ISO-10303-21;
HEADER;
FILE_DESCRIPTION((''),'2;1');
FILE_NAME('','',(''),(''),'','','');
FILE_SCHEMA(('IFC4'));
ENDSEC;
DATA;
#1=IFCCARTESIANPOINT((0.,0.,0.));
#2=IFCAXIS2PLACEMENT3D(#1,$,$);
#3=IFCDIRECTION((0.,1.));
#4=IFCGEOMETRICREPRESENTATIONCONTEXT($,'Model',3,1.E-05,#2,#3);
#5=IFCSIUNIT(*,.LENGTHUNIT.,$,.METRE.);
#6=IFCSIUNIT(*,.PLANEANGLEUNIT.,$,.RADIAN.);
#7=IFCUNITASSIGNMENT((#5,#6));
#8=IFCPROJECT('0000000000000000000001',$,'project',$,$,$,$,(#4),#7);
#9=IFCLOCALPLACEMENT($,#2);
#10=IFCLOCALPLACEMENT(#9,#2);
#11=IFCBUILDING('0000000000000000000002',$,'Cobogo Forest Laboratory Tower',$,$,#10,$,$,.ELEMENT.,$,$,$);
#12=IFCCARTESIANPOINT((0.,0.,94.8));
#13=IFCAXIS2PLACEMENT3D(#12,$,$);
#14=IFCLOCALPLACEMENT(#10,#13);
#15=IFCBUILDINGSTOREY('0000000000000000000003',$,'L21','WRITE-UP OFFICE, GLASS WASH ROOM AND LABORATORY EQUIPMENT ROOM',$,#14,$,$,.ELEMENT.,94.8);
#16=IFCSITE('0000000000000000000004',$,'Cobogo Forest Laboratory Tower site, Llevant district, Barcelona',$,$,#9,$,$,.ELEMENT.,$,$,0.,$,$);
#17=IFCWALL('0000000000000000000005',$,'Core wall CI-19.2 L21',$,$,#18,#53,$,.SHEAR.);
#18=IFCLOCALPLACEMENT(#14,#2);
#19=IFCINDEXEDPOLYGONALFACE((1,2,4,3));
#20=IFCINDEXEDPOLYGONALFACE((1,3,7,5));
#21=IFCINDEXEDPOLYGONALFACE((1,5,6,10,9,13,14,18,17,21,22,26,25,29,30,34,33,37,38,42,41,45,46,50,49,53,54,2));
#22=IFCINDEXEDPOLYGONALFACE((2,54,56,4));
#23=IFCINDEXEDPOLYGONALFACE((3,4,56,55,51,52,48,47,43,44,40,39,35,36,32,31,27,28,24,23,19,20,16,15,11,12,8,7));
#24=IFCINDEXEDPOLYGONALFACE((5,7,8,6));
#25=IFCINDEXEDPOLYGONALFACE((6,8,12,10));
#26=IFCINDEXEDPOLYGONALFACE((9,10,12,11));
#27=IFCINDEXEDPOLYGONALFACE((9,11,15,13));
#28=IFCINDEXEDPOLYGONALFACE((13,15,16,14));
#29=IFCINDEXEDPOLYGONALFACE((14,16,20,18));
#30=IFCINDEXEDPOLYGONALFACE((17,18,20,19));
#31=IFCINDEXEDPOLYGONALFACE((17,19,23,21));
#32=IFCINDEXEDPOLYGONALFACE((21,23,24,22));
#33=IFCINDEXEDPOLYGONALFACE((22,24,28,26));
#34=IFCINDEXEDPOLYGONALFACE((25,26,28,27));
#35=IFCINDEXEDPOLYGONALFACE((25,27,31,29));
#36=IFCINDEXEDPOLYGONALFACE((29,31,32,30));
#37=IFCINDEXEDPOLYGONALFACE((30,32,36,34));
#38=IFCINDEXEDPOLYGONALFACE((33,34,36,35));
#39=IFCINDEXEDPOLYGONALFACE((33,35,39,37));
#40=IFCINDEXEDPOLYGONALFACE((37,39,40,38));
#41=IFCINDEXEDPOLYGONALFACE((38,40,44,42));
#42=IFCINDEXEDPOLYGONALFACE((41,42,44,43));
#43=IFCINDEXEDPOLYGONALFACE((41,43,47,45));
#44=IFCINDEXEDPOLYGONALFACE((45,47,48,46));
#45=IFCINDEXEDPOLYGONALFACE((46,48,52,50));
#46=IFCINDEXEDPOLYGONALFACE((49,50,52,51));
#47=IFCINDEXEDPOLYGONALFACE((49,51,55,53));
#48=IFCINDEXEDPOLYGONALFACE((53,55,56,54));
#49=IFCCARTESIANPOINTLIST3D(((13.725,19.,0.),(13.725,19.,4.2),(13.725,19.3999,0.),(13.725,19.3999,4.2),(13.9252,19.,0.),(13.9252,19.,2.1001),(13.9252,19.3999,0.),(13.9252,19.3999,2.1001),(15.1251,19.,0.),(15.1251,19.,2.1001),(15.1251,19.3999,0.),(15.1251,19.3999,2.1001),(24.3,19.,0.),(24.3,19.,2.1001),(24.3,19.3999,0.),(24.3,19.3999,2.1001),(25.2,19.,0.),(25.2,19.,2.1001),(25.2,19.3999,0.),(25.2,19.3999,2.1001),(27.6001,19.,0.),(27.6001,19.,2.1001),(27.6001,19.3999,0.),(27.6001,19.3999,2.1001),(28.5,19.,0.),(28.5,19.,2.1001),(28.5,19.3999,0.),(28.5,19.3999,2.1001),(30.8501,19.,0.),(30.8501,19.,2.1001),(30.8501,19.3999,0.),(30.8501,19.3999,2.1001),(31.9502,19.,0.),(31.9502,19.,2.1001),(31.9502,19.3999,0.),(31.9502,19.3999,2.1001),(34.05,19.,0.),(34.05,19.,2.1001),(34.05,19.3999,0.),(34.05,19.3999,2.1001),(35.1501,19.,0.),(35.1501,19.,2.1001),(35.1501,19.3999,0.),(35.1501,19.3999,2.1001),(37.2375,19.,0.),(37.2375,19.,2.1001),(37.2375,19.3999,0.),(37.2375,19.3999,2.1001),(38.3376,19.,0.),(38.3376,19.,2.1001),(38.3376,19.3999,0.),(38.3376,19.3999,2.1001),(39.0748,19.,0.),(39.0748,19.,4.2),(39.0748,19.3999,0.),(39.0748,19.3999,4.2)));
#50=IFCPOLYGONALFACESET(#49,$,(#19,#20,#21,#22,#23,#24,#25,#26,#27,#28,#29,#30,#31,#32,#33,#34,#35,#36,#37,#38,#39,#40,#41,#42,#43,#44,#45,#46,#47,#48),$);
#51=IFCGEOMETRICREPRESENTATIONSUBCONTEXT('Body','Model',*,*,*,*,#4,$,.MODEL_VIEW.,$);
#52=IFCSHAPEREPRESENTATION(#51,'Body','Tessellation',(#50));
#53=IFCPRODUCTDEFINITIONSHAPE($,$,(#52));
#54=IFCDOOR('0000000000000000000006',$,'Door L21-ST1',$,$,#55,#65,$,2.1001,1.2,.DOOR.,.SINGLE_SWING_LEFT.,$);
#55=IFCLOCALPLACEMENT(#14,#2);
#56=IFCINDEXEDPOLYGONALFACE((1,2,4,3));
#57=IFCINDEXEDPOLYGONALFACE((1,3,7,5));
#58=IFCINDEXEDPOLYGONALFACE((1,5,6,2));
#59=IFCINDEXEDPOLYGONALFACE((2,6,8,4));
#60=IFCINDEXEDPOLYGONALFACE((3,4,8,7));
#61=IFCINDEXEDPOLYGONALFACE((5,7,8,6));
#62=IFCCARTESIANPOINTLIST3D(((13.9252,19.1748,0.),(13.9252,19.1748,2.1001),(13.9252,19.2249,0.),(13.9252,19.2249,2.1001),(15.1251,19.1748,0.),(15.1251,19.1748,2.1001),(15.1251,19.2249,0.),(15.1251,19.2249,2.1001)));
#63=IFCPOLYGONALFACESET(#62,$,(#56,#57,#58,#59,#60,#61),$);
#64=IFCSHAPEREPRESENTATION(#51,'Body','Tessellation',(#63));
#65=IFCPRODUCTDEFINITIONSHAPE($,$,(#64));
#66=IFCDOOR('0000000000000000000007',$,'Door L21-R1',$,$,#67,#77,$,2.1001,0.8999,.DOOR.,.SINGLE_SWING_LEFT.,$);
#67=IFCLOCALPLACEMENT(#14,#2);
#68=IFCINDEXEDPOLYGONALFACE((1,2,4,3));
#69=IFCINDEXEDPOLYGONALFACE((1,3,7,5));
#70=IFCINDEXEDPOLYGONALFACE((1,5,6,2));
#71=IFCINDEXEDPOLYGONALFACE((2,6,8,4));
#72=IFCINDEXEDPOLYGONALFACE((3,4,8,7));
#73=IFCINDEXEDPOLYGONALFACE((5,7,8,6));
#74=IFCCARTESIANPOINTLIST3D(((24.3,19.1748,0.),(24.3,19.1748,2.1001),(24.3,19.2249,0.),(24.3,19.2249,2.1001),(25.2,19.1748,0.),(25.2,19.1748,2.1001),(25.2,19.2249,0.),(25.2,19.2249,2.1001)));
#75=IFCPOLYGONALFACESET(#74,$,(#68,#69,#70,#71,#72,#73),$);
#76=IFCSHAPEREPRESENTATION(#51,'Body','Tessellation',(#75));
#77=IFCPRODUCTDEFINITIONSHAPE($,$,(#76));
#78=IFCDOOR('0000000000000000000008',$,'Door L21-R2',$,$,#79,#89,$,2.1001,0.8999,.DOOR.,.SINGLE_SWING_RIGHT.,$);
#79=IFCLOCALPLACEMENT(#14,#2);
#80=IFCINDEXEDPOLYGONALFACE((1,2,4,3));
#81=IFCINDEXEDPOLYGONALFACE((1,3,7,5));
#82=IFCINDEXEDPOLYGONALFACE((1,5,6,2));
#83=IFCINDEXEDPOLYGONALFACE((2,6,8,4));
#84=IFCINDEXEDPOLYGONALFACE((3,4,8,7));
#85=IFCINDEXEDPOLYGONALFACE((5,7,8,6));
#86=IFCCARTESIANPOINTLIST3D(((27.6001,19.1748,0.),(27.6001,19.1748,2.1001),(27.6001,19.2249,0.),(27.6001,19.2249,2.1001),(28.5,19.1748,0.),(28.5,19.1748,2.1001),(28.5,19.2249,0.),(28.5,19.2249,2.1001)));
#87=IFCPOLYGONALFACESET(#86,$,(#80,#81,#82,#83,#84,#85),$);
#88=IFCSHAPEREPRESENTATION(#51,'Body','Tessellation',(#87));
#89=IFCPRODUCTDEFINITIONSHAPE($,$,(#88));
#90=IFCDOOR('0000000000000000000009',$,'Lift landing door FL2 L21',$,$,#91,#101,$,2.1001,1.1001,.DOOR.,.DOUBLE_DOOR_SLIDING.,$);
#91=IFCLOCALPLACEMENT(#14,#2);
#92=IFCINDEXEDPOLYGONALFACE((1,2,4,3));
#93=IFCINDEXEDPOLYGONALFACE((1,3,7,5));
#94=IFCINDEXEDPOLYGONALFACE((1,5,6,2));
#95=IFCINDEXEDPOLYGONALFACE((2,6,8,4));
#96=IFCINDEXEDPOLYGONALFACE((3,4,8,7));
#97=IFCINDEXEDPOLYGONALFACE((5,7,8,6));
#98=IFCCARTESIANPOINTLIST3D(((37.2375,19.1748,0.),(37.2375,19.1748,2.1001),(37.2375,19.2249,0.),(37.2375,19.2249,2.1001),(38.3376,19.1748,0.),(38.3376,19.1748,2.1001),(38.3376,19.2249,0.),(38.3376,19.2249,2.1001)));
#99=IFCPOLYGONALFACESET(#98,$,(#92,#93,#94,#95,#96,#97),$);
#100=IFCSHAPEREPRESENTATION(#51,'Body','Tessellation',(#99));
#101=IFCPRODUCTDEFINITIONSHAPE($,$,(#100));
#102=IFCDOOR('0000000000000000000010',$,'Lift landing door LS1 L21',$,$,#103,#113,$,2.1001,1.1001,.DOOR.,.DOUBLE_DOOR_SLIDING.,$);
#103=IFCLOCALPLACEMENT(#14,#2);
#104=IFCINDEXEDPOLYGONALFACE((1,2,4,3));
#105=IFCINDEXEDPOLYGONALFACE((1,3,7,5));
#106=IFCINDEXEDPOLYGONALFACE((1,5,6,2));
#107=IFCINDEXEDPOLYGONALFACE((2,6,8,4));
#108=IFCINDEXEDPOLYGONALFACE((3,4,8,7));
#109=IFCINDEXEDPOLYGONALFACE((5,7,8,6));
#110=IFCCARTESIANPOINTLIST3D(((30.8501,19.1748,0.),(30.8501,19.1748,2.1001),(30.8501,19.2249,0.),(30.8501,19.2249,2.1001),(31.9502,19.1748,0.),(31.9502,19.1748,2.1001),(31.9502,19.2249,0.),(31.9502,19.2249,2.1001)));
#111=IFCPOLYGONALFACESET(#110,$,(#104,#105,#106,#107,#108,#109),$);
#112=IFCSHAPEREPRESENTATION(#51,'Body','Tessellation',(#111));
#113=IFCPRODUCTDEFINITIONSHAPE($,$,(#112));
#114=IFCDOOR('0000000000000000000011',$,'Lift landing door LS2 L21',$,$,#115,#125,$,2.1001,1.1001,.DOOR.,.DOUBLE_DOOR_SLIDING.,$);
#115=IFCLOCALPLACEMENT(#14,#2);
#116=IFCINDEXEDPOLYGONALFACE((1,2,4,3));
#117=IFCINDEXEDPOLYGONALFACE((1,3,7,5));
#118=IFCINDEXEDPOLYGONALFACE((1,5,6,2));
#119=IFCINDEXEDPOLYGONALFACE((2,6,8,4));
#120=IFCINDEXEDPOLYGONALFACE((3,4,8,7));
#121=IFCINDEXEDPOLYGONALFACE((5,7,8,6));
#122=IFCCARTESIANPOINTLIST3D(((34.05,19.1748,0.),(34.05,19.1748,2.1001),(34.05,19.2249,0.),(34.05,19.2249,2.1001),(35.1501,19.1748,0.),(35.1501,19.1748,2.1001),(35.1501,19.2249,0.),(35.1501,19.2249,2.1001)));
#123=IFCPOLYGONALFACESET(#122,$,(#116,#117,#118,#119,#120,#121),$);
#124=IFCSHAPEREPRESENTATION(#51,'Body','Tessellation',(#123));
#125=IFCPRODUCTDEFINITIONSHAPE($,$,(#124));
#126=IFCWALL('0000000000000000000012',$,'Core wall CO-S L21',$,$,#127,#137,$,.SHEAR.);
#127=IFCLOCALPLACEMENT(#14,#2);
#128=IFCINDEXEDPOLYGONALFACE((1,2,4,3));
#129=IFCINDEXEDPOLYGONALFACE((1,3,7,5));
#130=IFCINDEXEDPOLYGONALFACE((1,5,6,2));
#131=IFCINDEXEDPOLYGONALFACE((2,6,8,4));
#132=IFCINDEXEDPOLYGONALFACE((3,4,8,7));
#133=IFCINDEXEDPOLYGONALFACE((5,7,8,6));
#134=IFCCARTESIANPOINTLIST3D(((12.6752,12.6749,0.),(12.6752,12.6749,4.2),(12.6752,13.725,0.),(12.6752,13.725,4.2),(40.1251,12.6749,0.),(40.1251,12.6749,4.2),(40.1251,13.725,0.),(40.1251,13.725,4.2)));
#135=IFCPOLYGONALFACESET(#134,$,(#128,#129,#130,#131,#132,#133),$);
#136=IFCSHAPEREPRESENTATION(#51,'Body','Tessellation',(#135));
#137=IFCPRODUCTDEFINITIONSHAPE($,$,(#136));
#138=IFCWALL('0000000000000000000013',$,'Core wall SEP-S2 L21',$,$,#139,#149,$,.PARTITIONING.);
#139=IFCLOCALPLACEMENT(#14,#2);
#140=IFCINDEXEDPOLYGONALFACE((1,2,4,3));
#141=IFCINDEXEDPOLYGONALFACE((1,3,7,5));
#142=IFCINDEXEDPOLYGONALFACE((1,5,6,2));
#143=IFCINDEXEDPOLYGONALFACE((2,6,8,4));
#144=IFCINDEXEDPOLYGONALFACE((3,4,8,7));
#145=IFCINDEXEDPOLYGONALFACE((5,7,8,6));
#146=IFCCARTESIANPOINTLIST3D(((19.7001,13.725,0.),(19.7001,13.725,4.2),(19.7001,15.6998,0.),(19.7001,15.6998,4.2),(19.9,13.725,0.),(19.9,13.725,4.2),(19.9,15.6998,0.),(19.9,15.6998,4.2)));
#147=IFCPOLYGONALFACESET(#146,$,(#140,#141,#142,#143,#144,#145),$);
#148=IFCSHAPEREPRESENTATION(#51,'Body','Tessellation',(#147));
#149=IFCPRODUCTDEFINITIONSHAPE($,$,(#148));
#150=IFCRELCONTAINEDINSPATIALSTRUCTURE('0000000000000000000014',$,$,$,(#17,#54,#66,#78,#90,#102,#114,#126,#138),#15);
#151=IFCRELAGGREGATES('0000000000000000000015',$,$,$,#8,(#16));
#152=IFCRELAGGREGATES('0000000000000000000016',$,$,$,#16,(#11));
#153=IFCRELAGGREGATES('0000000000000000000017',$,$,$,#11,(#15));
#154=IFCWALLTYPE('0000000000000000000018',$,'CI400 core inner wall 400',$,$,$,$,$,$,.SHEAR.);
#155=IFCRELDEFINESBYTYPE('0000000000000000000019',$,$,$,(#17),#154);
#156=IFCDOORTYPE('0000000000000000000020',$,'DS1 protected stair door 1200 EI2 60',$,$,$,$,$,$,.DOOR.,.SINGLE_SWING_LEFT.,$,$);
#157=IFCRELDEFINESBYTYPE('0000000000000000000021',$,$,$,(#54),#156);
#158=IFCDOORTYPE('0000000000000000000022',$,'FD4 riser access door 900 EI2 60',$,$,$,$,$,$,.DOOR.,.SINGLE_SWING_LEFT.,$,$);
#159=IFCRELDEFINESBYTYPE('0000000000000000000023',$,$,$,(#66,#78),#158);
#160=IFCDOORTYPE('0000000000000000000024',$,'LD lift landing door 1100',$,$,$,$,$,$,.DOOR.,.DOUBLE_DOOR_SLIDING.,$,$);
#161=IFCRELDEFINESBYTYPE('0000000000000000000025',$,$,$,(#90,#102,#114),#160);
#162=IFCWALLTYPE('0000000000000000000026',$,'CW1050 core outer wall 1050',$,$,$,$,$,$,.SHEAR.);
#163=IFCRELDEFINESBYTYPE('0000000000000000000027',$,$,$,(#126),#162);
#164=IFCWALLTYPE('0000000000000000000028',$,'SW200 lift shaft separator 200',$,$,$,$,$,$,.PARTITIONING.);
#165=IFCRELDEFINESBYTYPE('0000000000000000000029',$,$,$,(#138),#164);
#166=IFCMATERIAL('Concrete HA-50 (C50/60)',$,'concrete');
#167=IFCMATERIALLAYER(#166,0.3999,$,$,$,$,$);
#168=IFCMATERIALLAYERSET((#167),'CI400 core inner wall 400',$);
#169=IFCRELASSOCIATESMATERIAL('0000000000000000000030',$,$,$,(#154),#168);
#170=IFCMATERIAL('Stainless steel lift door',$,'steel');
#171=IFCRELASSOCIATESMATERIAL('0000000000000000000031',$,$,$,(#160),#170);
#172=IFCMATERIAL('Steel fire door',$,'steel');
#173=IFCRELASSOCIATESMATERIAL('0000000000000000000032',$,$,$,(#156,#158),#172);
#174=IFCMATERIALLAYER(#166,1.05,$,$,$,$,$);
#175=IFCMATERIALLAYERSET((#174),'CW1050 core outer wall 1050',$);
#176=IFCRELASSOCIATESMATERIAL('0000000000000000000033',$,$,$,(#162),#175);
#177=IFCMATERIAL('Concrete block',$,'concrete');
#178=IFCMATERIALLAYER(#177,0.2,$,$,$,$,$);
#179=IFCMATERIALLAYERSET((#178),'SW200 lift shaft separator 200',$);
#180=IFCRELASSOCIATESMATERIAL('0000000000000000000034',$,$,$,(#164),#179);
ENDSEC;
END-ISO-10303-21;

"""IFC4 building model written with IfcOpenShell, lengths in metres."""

from ifc_helpers import new_model, si_unit, direction, frame, frame_2d, origin, place, context, subcontext, project, spatial, rectangle, extrude, material, layer, layer_set, type_object, element, fill, save


model = new_model("IFC4")

# Units and contexts
model_context = context("Model", 3, precision=1e-05, world=origin(), true_north=direction((0.0, 1.0)))
body_context = subcontext(model_context, "Body", "Model", "MODEL_VIEW")
ifc_project = project(units=[si_unit("LENGTHUNIT", "METRE"), si_unit("PLANEANGLEUNIT", "RADIAN")], contexts=[model_context])

# Site, building, storey
site_placement = place(None, origin())
site = spatial("IfcSite", under=ifc_project, at=site_placement, Name="Cobogo Forest Laboratory Tower site, Llevant district, Barcelona", CompositionType="ELEMENT", RefElevation=0.0)
building_placement = place(site_placement, origin())
building = spatial("IfcBuilding", under=site, at=building_placement, Name="Cobogo Forest Laboratory Tower", CompositionType="ELEMENT")
storey_placement = place(building_placement, frame((0.0, 0.0, 94.8)))
storey = spatial("IfcBuildingStorey", under=building, at=storey_placement, Name="L21", Description="WRITE-UP OFFICE, GLASS WASH ROOM AND LABORATORY EQUIPMENT ROOM", CompositionType="ELEMENT", Elevation=94.8)

# Wall, openings, doors
ifc_material_1 = material(Name="Concrete HA-50 (C50/60)", Category="concrete")
ifc_layer_1 = layer(ifc_material_1, 0.3999)
ifc_layer_set_1 = layer_set([ifc_layer_1], Name="CI400 core inner wall 400")
wall_type_1 = type_object("IfcWallType", Name="CI400 core inner wall 400", PredefinedType="SHEAR", material=ifc_layer_set_1)
ifc_material_2 = material(Name="Steel fire door", Category="steel")
ifc_material_3 = material(Name="Stainless steel lift door", Category="steel")
door_type_1 = type_object("IfcDoorType", Name="LD lift landing door 1100", OperationType="DOUBLE_DOOR_SLIDING", PredefinedType="DOOR", material=ifc_material_3)
wall_1_placement = place(storey_placement, frame((13.7251, 19.2, 0.0), z_axis=(0.0, 0.0, 1.0), x_axis=(1.0, 0.0, 0.0)))
wall_1 = element("IfcWall", 1, at=wall_1_placement, inside=storey, type_object=wall_type_1, Name="Core wall CI-19.2 L21", PredefinedType="SHEAR", context=body_context, shape_type="SweptSolid", body=[
    extrude(rectangle(XDim=25.3499, YDim=0.3999, at=frame_2d((12.6748, 0.0))), origin(), (0.0, 0.0, 1.0), 4.2),
])
opening_1_placement = place(wall_1_placement, frame((10.575, 0.0, 0.0)))
opening_1 = element("IfcOpeningElement", 2, at=opening_1_placement, cuts=wall_1, PredefinedType="OPENING", context=body_context, shape_type="SweptSolid", body=[
    extrude(rectangle(XDim=0.8999, YDim=2.1001, at=frame_2d((0.45, 1.05))), frame((0.0, 0.21, 0.0), z_axis=(0.0, -1.0, 0.0), x_axis=(1.0, 0.0, 0.0)), (0.0, 0.0, 1.0), 0.4199),
])
opening_2_placement = place(wall_1_placement, frame((13.875, 0.0, 0.0)))
opening_2 = element("IfcOpeningElement", 3, at=opening_2_placement, cuts=wall_1, PredefinedType="OPENING", context=body_context, shape_type="SweptSolid", body=[
    extrude(rectangle(XDim=0.8999, YDim=2.1001, at=frame_2d((0.45, 1.05))), frame((0.0, 0.21, 0.0), z_axis=(0.0, -1.0, 0.0), x_axis=(1.0, 0.0, 0.0)), (0.0, 0.0, 1.0), 0.4199),
])
opening_3_placement = place(wall_1_placement, frame((0.2, 0.0, 0.0)))
opening_3 = element("IfcOpeningElement", 4, at=opening_3_placement, cuts=wall_1, PredefinedType="OPENING", context=body_context, shape_type="SweptSolid", body=[
    extrude(rectangle(XDim=1.2, YDim=2.1001, at=frame_2d((0.6001, 1.05))), frame((0.0, 0.21, 0.0), z_axis=(0.0, -1.0, 0.0), x_axis=(1.0, 0.0, 0.0)), (0.0, 0.0, 1.0), 0.4199),
])
opening_4_placement = place(wall_1_placement, frame((23.5125, 0.0, 0.0)))
opening_4 = element("IfcOpeningElement", 5, at=opening_4_placement, cuts=wall_1, PredefinedType="OPENING", context=body_context, shape_type="SweptSolid", body=[
    extrude(rectangle(XDim=1.1001, YDim=2.1001, at=frame_2d((0.55, 1.05))), frame((0.0, 0.21, 0.0), z_axis=(0.0, -1.0, 0.0), x_axis=(1.0, 0.0, 0.0)), (0.0, 0.0, 1.0), 0.4199),
])
opening_5_placement = place(wall_1_placement, frame((17.125, 0.0, 0.0)))
opening_5 = element("IfcOpeningElement", 6, at=opening_5_placement, cuts=wall_1, PredefinedType="OPENING", context=body_context, shape_type="SweptSolid", body=[
    extrude(rectangle(XDim=1.1001, YDim=2.1001, at=frame_2d((0.55, 1.05))), frame((0.0, 0.21, 0.0), z_axis=(0.0, -1.0, 0.0), x_axis=(1.0, 0.0, 0.0)), (0.0, 0.0, 1.0), 0.4199),
])
opening_6_placement = place(wall_1_placement, frame((20.325, 0.0, 0.0)))
opening_6 = element("IfcOpeningElement", 7, at=opening_6_placement, cuts=wall_1, PredefinedType="OPENING", context=body_context, shape_type="SweptSolid", body=[
    extrude(rectangle(XDim=1.1001, YDim=2.1001, at=frame_2d((0.55, 1.05))), frame((0.0, 0.21, 0.0), z_axis=(0.0, -1.0, 0.0), x_axis=(1.0, 0.0, 0.0)), (0.0, 0.0, 1.0), 0.4199),
])
door_type_2 = type_object("IfcDoorType", Name="DS1 protected stair door 1200 EI2 60", OperationType="SINGLE_SWING_LEFT", PredefinedType="DOOR", material=ifc_material_2)
door_1_placement = place(opening_3_placement, origin())
door_1 = element("IfcDoor", 8, at=door_1_placement, inside=storey, type_object=door_type_2, Name="Door L21-ST1", OperationType="SINGLE_SWING_LEFT", OverallHeight=2.1001, OverallWidth=1.2, PredefinedType="DOOR", context=body_context, shape_type="SweptSolid", body=[
    extrude(rectangle(XDim=1.2, YDim=2.1001, at=frame_2d((0.6001, 1.05))), frame((0.0, 0.0249, 0.0), z_axis=(0.0, -1.0, 0.0), x_axis=(1.0, 0.0, 0.0)), (0.0, 0.0, 1.0), 0.05),
])
fill(opening_3, door_1)
door_type_3 = type_object("IfcDoorType", Name="FD4 riser access door 900 EI2 60", OperationType="SINGLE_SWING_LEFT", PredefinedType="DOOR", material=ifc_material_2)
door_2_placement = place(opening_1_placement, origin())
door_2 = element("IfcDoor", 9, at=door_2_placement, inside=storey, type_object=door_type_3, Name="Door L21-R1", OperationType="SINGLE_SWING_LEFT", OverallHeight=2.1001, OverallWidth=0.8999, PredefinedType="DOOR", context=body_context, shape_type="SweptSolid", body=[
    extrude(rectangle(XDim=0.8999, YDim=2.1001, at=frame_2d((0.45, 1.05))), frame((0.0, 0.0249, 0.0), z_axis=(0.0, -1.0, 0.0), x_axis=(1.0, 0.0, 0.0)), (0.0, 0.0, 1.0), 0.05),
])
fill(opening_1, door_2)
door_3_placement = place(opening_2_placement, origin())
door_3 = element("IfcDoor", 10, at=door_3_placement, inside=storey, type_object=door_type_3, Name="Door L21-R2", OperationType="SINGLE_SWING_RIGHT", OverallHeight=2.1001, OverallWidth=0.8999, PredefinedType="DOOR", context=body_context, shape_type="SweptSolid", body=[
    extrude(rectangle(XDim=0.8999, YDim=2.1001, at=frame_2d((0.45, 1.05))), frame((0.0, 0.0249, 0.0), z_axis=(0.0, -1.0, 0.0), x_axis=(1.0, 0.0, 0.0)), (0.0, 0.0, 1.0), 0.05),
])
fill(opening_2, door_3)
door_4_placement = place(opening_4_placement, origin())
door_4 = element("IfcDoor", 11, at=door_4_placement, inside=storey, type_object=door_type_1, Name="Lift landing door FL2 L21", OperationType="DOUBLE_DOOR_SLIDING", OverallHeight=2.1001, OverallWidth=1.1001, PredefinedType="DOOR", context=body_context, shape_type="SweptSolid", body=[
    extrude(rectangle(XDim=1.1001, YDim=2.1001, at=frame_2d((0.55, 1.05))), frame((0.0, 0.0249, 0.0), z_axis=(0.0, -1.0, 0.0), x_axis=(1.0, 0.0, 0.0)), (0.0, 0.0, 1.0), 0.05),
])
fill(opening_4, door_4)
door_5_placement = place(opening_5_placement, origin())
door_5 = element("IfcDoor", 12, at=door_5_placement, inside=storey, type_object=door_type_1, Name="Lift landing door LS1 L21", OperationType="DOUBLE_DOOR_SLIDING", OverallHeight=2.1001, OverallWidth=1.1001, PredefinedType="DOOR", context=body_context, shape_type="SweptSolid", body=[
    extrude(rectangle(XDim=1.1001, YDim=2.1001, at=frame_2d((0.55, 1.05))), frame((0.0, 0.0249, 0.0), z_axis=(0.0, -1.0, 0.0), x_axis=(1.0, 0.0, 0.0)), (0.0, 0.0, 1.0), 0.05),
])
fill(opening_5, door_5)
door_6_placement = place(opening_6_placement, origin())
door_6 = element("IfcDoor", 13, at=door_6_placement, inside=storey, type_object=door_type_1, Name="Lift landing door LS2 L21", OperationType="DOUBLE_DOOR_SLIDING", OverallHeight=2.1001, OverallWidth=1.1001, PredefinedType="DOOR", context=body_context, shape_type="SweptSolid", body=[
    extrude(rectangle(XDim=1.1001, YDim=2.1001, at=frame_2d((0.55, 1.05))), frame((0.0, 0.0249, 0.0), z_axis=(0.0, -1.0, 0.0), x_axis=(1.0, 0.0, 0.0)), (0.0, 0.0, 1.0), 0.05),
])
fill(opening_6, door_6)

# Walls
ifc_layer_2 = layer(ifc_material_1, 1.05)
ifc_layer_set_2 = layer_set([ifc_layer_2], Name="CW1050 core outer wall 1050")
wall_type_2 = type_object("IfcWallType", Name="CW1050 core outer wall 1050", PredefinedType="SHEAR", material=ifc_layer_set_2)
wall_2_placement = place(storey_placement, frame((12.675, 13.2, 0.0), z_axis=(0.0, 0.0, 1.0), x_axis=(1.0, 0.0, 0.0)))
element("IfcWall", 14, at=wall_2_placement, inside=storey, type_object=wall_type_2, Name="Core wall CO-S L21", PredefinedType="SHEAR", context=body_context, shape_type="SweptSolid", body=[
    extrude(rectangle(XDim=27.45, YDim=1.05, at=frame_2d((13.7251, 0.0))), origin(), (0.0, 0.0, 1.0), 4.2),
])
ifc_material_4 = material(Name="Concrete block", Category="concrete")
ifc_layer_3 = layer(ifc_material_4, 0.2)
ifc_layer_set_3 = layer_set([ifc_layer_3], Name="SW200 lift shaft separator 200")
wall_type_3 = type_object("IfcWallType", Name="SW200 lift shaft separator 200", PredefinedType="PARTITIONING", material=ifc_layer_set_3)
wall_3_placement = place(storey_placement, frame((19.8, 13.7251, 0.0), z_axis=(0.0, 0.0, 1.0), x_axis=(0.0, 1.0, 0.0)))
element("IfcWall", 15, at=wall_3_placement, inside=storey, type_object=wall_type_3, Name="Core wall SEP-S2 L21", PredefinedType="PARTITIONING", context=body_context, shape_type="SweptSolid", body=[
    extrude(rectangle(XDim=1.9749, YDim=0.2, at=frame_2d((0.9873, 0.0))), origin(), (0.0, 0.0, 1.0), 4.2),
])

save(model, "model.ifc")
